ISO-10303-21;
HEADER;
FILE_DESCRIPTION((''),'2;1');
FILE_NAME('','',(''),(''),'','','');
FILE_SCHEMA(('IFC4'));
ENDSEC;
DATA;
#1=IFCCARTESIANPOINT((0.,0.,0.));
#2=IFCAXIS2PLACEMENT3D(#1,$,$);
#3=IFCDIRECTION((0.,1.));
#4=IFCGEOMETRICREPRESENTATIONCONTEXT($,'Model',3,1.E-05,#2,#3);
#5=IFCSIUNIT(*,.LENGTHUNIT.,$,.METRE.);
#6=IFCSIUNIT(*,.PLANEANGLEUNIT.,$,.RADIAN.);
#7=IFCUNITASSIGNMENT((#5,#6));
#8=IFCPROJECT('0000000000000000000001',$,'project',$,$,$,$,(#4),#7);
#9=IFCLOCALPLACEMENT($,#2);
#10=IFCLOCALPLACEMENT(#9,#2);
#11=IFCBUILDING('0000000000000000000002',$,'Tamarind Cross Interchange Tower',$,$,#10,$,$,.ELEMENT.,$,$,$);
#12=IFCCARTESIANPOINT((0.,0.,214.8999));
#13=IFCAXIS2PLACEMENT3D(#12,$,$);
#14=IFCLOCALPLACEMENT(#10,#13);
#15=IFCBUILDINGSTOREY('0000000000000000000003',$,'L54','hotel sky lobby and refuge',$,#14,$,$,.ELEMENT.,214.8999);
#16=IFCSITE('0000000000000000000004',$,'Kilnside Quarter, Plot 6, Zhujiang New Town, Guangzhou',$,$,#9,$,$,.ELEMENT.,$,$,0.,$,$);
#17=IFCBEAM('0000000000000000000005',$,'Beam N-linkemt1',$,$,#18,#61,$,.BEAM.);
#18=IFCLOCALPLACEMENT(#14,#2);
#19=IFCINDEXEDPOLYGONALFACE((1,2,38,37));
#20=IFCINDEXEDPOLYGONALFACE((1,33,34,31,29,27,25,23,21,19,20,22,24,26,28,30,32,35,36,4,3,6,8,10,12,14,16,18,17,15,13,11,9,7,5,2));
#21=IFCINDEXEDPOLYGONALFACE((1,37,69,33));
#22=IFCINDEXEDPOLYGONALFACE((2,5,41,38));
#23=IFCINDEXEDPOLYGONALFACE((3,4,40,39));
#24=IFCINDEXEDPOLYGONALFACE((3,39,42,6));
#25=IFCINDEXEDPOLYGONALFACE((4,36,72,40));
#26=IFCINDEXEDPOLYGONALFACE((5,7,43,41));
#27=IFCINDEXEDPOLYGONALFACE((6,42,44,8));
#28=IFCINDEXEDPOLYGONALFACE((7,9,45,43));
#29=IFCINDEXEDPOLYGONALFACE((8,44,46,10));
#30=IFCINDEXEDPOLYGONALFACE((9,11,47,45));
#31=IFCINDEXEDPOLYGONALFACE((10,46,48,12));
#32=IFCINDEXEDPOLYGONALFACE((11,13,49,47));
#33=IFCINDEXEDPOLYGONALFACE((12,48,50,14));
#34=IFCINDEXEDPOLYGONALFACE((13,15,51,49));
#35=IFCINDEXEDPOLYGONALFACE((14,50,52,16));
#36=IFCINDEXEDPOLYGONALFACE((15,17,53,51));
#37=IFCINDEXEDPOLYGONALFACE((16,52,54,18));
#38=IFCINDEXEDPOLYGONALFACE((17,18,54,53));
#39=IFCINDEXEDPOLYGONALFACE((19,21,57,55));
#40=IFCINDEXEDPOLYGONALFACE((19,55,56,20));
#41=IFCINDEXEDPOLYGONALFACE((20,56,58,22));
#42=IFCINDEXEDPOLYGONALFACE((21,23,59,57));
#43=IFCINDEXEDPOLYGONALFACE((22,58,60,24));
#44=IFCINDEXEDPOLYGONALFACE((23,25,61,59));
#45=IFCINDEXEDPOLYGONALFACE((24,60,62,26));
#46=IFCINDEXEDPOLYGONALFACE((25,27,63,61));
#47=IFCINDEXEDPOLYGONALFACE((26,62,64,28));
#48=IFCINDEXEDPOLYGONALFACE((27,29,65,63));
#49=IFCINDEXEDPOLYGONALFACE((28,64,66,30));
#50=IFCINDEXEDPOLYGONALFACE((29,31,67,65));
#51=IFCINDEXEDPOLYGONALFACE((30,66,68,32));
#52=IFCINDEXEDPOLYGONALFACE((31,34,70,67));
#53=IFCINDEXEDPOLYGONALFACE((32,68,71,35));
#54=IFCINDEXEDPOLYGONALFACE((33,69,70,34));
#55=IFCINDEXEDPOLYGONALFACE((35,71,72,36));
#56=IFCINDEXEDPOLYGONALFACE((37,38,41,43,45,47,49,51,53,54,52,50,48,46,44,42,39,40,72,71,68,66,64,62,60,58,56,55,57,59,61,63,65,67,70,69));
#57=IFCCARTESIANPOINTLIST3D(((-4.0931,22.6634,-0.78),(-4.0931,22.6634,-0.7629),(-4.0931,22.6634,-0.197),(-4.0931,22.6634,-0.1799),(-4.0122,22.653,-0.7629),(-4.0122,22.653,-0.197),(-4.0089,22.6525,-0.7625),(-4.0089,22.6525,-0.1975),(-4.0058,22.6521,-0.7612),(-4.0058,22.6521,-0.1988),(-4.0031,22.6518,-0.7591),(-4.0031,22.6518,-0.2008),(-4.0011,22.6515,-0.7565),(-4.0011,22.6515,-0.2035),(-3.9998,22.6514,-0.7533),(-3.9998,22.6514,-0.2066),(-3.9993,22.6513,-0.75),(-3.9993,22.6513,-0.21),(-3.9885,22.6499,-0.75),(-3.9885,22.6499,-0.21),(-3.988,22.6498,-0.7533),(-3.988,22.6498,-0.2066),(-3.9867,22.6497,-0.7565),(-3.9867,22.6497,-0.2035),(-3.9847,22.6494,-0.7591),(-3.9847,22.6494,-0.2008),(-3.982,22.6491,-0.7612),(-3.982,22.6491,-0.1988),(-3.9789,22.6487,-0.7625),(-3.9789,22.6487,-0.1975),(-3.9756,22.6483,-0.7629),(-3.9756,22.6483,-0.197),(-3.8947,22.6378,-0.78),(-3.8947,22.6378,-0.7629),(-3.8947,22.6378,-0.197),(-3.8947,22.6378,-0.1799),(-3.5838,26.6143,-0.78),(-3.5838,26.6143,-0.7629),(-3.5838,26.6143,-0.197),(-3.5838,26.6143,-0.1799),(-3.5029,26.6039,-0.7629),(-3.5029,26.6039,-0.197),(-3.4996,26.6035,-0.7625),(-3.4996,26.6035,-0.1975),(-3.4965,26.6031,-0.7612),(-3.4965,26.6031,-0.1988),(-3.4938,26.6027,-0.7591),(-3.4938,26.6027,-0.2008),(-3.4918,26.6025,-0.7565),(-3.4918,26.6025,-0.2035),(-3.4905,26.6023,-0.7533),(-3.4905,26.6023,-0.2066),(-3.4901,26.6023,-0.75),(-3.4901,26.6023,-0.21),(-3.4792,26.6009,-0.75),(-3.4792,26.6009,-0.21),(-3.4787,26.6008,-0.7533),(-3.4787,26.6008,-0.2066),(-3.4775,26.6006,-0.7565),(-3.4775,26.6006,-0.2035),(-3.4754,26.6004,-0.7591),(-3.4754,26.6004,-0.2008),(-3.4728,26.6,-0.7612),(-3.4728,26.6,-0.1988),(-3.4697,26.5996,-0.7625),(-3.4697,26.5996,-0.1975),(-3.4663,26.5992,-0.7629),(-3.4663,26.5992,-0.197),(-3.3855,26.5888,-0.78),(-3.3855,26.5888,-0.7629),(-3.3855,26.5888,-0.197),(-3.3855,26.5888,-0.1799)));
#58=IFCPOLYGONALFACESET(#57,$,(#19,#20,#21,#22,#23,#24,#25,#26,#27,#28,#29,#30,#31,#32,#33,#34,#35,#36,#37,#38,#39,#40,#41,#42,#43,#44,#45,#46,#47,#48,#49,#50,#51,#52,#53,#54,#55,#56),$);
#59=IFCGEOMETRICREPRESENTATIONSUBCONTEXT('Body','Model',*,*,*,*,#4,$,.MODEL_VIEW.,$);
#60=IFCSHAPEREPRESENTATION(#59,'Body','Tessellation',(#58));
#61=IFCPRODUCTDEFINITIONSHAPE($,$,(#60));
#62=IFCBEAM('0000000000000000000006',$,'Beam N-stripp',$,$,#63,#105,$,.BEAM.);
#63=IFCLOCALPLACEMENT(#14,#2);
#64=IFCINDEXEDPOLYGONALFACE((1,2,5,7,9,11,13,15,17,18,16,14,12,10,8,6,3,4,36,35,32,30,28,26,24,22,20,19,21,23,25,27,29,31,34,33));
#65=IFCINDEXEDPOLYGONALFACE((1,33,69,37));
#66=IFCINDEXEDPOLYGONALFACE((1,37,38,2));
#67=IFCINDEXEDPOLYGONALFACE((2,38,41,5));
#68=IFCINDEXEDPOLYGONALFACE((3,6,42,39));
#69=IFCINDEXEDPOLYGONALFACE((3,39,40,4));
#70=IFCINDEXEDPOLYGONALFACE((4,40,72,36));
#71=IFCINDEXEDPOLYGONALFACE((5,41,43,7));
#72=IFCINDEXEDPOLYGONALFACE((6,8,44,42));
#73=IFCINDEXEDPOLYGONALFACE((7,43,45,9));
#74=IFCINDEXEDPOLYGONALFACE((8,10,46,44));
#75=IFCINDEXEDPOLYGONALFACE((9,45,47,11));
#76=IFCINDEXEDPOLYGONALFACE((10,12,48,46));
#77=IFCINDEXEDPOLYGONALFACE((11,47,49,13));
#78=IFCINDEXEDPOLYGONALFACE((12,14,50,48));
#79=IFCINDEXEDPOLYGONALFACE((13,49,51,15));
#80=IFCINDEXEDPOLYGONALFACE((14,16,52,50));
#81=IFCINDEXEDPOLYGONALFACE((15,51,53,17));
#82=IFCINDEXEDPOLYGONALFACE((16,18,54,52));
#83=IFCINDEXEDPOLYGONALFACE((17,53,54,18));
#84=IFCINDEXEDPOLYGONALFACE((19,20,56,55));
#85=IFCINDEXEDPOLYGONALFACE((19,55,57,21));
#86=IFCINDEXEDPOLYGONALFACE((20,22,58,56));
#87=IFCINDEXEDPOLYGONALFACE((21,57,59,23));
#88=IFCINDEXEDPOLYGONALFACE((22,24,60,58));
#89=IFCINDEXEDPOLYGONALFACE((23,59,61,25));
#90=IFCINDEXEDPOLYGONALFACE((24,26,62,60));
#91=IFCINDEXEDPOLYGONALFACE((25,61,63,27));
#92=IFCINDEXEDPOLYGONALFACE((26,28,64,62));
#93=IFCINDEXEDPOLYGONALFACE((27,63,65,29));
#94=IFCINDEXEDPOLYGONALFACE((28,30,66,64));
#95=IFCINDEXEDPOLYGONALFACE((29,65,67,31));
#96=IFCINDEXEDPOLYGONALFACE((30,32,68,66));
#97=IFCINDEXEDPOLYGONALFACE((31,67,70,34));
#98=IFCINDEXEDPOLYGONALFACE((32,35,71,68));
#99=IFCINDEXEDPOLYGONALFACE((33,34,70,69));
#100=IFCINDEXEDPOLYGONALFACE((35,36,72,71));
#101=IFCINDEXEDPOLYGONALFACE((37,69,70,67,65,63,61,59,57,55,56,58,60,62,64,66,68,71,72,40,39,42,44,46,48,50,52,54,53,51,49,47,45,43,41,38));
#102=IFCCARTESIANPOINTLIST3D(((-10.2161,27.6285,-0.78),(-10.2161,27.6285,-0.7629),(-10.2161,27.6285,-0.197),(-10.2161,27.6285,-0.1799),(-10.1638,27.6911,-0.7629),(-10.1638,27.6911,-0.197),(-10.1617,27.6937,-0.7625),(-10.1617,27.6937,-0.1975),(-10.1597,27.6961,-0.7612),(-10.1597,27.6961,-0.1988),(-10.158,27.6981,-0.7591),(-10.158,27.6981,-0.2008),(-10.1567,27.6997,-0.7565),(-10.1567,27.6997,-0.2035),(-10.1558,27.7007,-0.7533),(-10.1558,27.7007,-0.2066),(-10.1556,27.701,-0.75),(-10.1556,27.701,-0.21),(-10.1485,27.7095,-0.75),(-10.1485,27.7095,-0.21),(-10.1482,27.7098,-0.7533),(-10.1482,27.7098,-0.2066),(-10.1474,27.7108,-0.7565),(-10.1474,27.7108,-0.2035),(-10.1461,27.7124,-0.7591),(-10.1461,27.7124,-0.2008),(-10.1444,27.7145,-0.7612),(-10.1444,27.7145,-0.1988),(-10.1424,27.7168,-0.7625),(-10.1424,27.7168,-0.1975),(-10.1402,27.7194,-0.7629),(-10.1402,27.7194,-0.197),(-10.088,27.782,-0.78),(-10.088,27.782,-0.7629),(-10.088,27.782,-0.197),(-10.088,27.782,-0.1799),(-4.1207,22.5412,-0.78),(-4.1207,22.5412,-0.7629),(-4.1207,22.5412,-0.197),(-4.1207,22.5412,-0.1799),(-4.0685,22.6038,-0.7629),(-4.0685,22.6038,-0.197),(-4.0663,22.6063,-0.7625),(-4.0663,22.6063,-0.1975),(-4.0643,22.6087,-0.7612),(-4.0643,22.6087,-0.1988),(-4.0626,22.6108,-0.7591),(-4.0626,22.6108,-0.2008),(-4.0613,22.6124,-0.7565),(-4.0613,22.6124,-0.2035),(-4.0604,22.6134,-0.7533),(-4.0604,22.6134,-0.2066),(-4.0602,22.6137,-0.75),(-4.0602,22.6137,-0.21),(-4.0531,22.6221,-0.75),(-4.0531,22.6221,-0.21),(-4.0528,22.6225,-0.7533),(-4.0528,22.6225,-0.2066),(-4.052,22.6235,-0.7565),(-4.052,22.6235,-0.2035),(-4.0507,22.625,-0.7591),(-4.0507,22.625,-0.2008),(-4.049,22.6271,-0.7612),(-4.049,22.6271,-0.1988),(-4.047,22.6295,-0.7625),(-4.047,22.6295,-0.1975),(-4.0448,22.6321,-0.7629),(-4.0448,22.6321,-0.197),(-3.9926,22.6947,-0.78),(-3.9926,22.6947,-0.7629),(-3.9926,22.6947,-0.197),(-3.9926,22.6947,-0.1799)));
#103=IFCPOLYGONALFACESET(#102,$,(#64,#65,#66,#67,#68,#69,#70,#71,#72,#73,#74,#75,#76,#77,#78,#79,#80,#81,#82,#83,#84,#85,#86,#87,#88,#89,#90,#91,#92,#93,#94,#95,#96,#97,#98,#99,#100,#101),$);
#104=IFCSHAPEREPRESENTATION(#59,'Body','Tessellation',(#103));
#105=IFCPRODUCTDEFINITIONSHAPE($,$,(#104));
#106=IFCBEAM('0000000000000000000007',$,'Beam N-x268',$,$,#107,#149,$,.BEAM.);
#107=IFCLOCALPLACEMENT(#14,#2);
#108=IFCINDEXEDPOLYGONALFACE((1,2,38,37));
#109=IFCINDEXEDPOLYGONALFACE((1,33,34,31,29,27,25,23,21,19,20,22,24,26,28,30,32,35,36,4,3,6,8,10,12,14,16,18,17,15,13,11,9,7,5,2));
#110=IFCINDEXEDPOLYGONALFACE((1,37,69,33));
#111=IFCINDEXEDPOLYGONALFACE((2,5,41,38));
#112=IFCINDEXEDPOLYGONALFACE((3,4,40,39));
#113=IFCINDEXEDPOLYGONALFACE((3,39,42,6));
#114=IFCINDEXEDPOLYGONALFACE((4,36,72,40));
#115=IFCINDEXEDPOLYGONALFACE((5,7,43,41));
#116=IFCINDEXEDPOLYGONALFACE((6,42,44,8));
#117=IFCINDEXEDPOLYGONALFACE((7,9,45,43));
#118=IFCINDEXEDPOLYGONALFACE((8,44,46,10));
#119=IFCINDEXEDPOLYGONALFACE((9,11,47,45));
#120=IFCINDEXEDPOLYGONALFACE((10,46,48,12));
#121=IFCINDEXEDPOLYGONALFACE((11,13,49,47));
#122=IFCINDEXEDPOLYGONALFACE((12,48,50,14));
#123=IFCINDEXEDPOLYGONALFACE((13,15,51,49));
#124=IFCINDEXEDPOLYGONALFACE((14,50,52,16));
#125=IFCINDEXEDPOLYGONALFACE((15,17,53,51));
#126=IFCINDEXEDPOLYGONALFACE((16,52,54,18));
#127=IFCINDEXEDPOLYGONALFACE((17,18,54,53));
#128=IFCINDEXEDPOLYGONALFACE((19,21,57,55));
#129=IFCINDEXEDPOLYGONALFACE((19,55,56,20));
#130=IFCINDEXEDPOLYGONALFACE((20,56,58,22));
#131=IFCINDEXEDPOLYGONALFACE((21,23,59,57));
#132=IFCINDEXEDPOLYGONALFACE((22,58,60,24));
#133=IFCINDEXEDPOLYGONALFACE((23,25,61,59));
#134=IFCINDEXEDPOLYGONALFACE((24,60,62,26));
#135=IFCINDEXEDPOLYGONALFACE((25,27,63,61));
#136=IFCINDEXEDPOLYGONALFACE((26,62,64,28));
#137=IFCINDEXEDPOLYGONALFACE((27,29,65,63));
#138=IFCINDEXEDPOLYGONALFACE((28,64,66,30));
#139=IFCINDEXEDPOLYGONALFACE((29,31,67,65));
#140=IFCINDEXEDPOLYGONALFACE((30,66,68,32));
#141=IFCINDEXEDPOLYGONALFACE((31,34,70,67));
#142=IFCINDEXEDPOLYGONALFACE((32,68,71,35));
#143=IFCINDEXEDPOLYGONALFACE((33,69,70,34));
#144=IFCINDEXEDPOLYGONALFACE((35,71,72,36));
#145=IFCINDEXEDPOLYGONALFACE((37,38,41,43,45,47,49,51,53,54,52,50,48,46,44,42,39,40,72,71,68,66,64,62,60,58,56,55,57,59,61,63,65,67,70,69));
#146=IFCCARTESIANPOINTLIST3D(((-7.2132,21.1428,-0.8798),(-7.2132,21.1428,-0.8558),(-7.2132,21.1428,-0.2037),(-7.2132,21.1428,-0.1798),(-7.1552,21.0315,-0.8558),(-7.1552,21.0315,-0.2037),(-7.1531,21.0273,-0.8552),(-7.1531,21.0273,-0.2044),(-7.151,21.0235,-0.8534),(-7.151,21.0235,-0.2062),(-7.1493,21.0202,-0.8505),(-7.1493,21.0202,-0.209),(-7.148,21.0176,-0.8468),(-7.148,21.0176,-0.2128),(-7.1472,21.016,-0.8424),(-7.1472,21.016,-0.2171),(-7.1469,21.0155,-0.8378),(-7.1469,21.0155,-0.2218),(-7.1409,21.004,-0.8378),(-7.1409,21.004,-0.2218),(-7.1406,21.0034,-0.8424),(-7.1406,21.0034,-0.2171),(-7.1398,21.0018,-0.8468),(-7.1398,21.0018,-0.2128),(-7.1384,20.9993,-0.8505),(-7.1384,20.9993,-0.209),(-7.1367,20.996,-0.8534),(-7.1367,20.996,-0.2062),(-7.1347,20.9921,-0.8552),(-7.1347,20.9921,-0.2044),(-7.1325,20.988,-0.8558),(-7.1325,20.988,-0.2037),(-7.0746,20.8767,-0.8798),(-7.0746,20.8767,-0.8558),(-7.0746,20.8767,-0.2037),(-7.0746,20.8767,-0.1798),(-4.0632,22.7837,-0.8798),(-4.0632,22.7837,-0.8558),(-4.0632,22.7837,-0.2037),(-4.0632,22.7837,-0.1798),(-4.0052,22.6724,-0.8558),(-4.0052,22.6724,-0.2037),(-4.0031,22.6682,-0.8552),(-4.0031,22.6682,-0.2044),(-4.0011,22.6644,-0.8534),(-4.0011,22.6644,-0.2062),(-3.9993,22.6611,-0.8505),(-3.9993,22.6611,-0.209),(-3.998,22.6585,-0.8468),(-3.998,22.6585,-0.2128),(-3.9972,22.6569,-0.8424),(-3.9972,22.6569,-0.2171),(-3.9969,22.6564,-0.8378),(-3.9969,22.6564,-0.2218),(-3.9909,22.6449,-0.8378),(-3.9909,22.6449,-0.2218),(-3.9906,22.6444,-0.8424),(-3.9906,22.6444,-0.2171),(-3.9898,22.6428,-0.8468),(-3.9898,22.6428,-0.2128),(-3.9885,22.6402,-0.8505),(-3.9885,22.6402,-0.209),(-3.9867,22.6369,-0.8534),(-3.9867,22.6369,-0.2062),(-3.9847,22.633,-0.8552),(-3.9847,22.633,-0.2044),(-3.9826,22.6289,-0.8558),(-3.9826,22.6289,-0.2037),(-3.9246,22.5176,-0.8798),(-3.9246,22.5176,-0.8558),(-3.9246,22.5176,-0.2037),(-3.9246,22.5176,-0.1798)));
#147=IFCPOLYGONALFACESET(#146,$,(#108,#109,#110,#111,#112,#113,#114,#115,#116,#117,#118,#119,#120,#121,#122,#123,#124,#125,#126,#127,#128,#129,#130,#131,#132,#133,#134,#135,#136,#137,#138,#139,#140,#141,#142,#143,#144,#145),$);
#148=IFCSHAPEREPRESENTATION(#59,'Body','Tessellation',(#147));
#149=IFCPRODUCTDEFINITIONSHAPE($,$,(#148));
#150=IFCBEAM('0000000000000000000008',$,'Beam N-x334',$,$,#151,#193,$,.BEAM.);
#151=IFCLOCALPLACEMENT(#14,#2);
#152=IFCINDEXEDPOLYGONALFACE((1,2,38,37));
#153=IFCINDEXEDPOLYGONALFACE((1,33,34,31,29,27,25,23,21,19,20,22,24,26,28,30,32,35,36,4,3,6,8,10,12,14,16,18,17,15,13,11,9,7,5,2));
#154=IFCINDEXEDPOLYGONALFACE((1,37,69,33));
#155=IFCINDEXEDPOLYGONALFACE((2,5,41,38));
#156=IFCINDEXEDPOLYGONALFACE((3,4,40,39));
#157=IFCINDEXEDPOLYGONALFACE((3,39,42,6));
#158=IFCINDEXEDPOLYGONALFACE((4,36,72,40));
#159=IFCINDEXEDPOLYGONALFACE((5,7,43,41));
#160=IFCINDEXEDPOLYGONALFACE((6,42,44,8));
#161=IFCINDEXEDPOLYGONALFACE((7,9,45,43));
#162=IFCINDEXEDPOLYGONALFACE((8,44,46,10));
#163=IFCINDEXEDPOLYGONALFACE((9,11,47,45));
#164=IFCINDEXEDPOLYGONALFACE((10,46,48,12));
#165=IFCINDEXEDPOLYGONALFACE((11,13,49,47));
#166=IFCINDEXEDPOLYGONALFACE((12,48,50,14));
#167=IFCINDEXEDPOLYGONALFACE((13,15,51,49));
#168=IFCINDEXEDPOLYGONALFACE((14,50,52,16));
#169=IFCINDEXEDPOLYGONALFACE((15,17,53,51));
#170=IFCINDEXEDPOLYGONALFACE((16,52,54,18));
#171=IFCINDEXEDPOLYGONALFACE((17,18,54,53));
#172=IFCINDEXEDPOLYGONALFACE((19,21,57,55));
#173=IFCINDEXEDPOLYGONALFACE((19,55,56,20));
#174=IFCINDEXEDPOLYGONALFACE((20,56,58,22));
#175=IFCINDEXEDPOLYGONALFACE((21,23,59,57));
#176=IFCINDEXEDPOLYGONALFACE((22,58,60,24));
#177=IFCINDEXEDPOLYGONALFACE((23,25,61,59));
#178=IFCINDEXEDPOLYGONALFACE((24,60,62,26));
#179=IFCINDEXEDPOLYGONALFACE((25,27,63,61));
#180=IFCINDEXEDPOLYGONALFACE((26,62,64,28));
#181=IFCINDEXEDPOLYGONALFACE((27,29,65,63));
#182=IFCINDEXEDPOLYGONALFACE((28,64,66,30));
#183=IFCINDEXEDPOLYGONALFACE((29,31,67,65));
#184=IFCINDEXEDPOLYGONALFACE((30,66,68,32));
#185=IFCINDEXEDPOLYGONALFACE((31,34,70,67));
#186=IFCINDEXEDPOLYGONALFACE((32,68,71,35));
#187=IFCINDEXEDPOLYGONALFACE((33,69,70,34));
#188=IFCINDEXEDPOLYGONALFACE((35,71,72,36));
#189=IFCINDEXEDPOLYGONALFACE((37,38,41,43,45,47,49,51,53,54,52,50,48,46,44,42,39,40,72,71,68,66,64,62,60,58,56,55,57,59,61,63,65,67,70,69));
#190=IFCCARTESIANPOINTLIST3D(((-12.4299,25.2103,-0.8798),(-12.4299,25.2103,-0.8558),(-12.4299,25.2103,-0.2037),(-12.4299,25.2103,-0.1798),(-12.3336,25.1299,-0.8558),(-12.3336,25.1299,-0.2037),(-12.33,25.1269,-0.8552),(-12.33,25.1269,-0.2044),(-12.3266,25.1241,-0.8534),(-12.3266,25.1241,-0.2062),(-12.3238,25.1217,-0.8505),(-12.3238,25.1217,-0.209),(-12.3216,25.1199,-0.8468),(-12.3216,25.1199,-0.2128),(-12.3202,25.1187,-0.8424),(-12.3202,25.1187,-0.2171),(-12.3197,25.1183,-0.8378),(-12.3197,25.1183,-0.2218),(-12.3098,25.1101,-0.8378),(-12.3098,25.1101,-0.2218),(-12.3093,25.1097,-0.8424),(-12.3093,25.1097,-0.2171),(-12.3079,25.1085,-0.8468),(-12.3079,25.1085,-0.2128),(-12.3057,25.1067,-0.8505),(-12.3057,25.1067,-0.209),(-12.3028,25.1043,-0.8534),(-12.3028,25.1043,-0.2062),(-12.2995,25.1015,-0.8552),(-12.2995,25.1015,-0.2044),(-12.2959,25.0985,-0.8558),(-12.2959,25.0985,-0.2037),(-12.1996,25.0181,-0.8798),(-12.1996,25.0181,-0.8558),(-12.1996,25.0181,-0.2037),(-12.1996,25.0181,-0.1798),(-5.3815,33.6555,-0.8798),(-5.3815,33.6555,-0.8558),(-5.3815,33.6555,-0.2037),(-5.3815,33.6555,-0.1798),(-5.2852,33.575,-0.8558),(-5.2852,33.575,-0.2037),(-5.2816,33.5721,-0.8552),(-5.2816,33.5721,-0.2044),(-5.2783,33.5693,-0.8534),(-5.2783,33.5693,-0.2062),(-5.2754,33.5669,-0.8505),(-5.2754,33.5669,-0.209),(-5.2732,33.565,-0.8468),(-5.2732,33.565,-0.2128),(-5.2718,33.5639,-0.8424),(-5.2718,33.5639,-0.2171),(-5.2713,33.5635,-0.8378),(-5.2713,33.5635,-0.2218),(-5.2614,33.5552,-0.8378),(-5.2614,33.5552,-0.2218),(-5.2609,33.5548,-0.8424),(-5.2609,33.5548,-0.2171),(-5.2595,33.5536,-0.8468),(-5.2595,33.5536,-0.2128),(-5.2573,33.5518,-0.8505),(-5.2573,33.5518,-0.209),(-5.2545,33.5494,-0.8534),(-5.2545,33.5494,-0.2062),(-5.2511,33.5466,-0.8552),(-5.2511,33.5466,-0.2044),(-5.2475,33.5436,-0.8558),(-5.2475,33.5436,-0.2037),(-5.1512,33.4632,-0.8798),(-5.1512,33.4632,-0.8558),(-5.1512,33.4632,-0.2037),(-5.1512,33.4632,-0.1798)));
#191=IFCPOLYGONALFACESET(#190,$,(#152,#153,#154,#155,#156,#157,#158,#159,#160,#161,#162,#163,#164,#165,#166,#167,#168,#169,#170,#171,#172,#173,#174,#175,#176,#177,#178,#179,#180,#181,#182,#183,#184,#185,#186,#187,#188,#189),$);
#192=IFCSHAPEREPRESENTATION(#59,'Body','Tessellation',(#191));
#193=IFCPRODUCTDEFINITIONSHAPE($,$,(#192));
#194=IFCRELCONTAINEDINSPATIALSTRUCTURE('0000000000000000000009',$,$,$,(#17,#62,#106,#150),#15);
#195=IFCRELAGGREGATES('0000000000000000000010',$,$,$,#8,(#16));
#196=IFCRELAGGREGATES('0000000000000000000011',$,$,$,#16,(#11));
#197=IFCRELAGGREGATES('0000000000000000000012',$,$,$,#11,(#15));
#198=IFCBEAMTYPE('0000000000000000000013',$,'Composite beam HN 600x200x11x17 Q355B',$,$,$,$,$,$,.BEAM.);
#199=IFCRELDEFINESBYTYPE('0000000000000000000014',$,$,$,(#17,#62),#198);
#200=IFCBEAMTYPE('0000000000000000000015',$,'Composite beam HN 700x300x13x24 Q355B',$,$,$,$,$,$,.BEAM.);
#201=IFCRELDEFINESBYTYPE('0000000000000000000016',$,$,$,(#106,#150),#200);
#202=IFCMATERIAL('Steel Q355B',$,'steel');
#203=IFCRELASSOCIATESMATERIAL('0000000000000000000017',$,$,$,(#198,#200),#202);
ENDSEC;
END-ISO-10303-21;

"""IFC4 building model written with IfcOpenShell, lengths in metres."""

from ifc_helpers import new_model, si_unit, direction, frame, origin, origin_2d, place, context, subcontext, project, spatial, i_section, extrude, material, material_profile, profile_set, type_object, element, save


model = new_model("IFC4")

# Units and contexts
model_context = context("Model", 3, precision=1e-05, world=origin(), true_north=direction((0.0, 1.0)))
body_context = subcontext(model_context, "Body", "Model", "MODEL_VIEW")
ifc_project = project(units=[si_unit("LENGTHUNIT", "METRE"), si_unit("PLANEANGLEUNIT", "RADIAN")], contexts=[model_context])

# Site, building, storey
site_placement = place(None, origin())
site = spatial("IfcSite", under=ifc_project, at=site_placement, Name="Kilnside Quarter, Plot 6, Zhujiang New Town, Guangzhou", CompositionType="ELEMENT", RefElevation=0.0)
building_placement = place(site_placement, origin())
building = spatial("IfcBuilding", under=site, at=building_placement, Name="Tamarind Cross Interchange Tower", CompositionType="ELEMENT")
storey_placement = place(building_placement, frame((0.0, 0.0, 214.8999)))
storey = spatial("IfcBuildingStorey", under=building, at=storey_placement, Name="L54", Description="hotel sky lobby and refuge", CompositionType="ELEMENT", Elevation=214.8999)

# Beams
ifc_material_1 = material(Name="Steel Q355B", Category="steel")
ifc_material_profile_1 = material_profile(ifc_material_1, i_section(OverallWidth=0.2, OverallDepth=0.6001, WebThickness=0.011, FlangeThickness=0.0171, FilletRadius=0.0129, at=origin_2d()), Name="HN 600x200x11x17")
ifc_profile_set_1 = profile_set([ifc_material_profile_1], Name="Steel Q355B")
beam_type_1 = type_object("IfcBeamType", Name="Composite beam HN 600x200x11x17 Q355B", PredefinedType="BEAM", material=ifc_profile_set_1)
beam_1_placement = place(storey_placement, frame((-3.4846, 26.6016, -0.48), z_axis=(-0.127843, -0.991794, 0.0), x_axis=(0.991794, -0.127843, 0.0)))
element("IfcBeam", 1, at=beam_1_placement, inside=storey, type_object=beam_type_1, Name="Beam N-linkemt1", PredefinedType="BEAM", context=body_context, shape_type="SweptSolid", body=[
    extrude(i_section(OverallWidth=0.2, OverallDepth=0.6001, WebThickness=0.011, FlangeThickness=0.0171, FilletRadius=0.0129, at=origin_2d()), origin(), (0.0, 0.0, 1.0), 3.9836),
])
beam_2_placement = place(storey_placement, frame((-4.0566, 22.6179, -0.48), z_axis=(-0.767735, 0.640768, 0.0), x_axis=(-0.640768, -0.767735, 0.0)))
element("IfcBeam", 2, at=beam_2_placement, inside=storey, type_object=beam_type_1, Name="Beam N-stripp", PredefinedType="BEAM", context=body_context, shape_type="SweptSolid", body=[
    extrude(i_section(OverallWidth=0.2, OverallDepth=0.6001, WebThickness=0.011, FlangeThickness=0.0171, FilletRadius=0.0129, at=origin_2d()), origin(), (0.0, 0.0, 1.0), 7.9395),
])
ifc_material_profile_2 = material_profile(ifc_material_1, i_section(OverallWidth=0.3, OverallDepth=0.7, WebThickness=0.0129, FlangeThickness=0.0239, FilletRadius=0.0181, at=origin_2d()), Name="HN 700x300x13x24")
ifc_profile_set_2 = profile_set([ifc_material_profile_2], Name="Steel Q355B")
beam_type_2 = type_object("IfcBeamType", Name="Composite beam HN 700x300x13x24 Q355B", PredefinedType="BEAM", material=ifc_profile_set_2)
beam_3_placement = place(storey_placement, frame((-3.9939, 22.6506, -0.5298), z_axis=(-0.88688, -0.462, 0.0), x_axis=(0.462, -0.88688, 0.0)))
element("IfcBeam", 3, at=beam_3_placement, inside=storey, type_object=beam_type_2, Name="Beam N-x268", PredefinedType="BEAM", context=body_context, shape_type="SweptSolid", body=[
    extrude(i_section(OverallWidth=0.3, OverallDepth=0.7, WebThickness=0.0129, FlangeThickness=0.0239, FilletRadius=0.0181, at=origin_2d()), origin(), (0.0, 0.0, 1.0), 3.5518),
])
beam_4_placement = place(storey_placement, frame((-5.2664, 33.5593, -0.5298), z_axis=(-0.640763, -0.767739, 0.0), x_axis=(0.767739, -0.640763, 0.0)))
element("IfcBeam", 4, at=beam_4_placement, inside=storey, type_object=beam_type_2, Name="Beam N-x334", PredefinedType="BEAM", context=body_context, shape_type="SweptSolid", body=[
    extrude(i_section(OverallWidth=0.3, OverallDepth=0.7, WebThickness=0.0129, FlangeThickness=0.0239, FilletRadius=0.0181, at=origin_2d()), origin(), (0.0, 0.0, 1.0), 11.0),
])

save(model, "model.ifc")
